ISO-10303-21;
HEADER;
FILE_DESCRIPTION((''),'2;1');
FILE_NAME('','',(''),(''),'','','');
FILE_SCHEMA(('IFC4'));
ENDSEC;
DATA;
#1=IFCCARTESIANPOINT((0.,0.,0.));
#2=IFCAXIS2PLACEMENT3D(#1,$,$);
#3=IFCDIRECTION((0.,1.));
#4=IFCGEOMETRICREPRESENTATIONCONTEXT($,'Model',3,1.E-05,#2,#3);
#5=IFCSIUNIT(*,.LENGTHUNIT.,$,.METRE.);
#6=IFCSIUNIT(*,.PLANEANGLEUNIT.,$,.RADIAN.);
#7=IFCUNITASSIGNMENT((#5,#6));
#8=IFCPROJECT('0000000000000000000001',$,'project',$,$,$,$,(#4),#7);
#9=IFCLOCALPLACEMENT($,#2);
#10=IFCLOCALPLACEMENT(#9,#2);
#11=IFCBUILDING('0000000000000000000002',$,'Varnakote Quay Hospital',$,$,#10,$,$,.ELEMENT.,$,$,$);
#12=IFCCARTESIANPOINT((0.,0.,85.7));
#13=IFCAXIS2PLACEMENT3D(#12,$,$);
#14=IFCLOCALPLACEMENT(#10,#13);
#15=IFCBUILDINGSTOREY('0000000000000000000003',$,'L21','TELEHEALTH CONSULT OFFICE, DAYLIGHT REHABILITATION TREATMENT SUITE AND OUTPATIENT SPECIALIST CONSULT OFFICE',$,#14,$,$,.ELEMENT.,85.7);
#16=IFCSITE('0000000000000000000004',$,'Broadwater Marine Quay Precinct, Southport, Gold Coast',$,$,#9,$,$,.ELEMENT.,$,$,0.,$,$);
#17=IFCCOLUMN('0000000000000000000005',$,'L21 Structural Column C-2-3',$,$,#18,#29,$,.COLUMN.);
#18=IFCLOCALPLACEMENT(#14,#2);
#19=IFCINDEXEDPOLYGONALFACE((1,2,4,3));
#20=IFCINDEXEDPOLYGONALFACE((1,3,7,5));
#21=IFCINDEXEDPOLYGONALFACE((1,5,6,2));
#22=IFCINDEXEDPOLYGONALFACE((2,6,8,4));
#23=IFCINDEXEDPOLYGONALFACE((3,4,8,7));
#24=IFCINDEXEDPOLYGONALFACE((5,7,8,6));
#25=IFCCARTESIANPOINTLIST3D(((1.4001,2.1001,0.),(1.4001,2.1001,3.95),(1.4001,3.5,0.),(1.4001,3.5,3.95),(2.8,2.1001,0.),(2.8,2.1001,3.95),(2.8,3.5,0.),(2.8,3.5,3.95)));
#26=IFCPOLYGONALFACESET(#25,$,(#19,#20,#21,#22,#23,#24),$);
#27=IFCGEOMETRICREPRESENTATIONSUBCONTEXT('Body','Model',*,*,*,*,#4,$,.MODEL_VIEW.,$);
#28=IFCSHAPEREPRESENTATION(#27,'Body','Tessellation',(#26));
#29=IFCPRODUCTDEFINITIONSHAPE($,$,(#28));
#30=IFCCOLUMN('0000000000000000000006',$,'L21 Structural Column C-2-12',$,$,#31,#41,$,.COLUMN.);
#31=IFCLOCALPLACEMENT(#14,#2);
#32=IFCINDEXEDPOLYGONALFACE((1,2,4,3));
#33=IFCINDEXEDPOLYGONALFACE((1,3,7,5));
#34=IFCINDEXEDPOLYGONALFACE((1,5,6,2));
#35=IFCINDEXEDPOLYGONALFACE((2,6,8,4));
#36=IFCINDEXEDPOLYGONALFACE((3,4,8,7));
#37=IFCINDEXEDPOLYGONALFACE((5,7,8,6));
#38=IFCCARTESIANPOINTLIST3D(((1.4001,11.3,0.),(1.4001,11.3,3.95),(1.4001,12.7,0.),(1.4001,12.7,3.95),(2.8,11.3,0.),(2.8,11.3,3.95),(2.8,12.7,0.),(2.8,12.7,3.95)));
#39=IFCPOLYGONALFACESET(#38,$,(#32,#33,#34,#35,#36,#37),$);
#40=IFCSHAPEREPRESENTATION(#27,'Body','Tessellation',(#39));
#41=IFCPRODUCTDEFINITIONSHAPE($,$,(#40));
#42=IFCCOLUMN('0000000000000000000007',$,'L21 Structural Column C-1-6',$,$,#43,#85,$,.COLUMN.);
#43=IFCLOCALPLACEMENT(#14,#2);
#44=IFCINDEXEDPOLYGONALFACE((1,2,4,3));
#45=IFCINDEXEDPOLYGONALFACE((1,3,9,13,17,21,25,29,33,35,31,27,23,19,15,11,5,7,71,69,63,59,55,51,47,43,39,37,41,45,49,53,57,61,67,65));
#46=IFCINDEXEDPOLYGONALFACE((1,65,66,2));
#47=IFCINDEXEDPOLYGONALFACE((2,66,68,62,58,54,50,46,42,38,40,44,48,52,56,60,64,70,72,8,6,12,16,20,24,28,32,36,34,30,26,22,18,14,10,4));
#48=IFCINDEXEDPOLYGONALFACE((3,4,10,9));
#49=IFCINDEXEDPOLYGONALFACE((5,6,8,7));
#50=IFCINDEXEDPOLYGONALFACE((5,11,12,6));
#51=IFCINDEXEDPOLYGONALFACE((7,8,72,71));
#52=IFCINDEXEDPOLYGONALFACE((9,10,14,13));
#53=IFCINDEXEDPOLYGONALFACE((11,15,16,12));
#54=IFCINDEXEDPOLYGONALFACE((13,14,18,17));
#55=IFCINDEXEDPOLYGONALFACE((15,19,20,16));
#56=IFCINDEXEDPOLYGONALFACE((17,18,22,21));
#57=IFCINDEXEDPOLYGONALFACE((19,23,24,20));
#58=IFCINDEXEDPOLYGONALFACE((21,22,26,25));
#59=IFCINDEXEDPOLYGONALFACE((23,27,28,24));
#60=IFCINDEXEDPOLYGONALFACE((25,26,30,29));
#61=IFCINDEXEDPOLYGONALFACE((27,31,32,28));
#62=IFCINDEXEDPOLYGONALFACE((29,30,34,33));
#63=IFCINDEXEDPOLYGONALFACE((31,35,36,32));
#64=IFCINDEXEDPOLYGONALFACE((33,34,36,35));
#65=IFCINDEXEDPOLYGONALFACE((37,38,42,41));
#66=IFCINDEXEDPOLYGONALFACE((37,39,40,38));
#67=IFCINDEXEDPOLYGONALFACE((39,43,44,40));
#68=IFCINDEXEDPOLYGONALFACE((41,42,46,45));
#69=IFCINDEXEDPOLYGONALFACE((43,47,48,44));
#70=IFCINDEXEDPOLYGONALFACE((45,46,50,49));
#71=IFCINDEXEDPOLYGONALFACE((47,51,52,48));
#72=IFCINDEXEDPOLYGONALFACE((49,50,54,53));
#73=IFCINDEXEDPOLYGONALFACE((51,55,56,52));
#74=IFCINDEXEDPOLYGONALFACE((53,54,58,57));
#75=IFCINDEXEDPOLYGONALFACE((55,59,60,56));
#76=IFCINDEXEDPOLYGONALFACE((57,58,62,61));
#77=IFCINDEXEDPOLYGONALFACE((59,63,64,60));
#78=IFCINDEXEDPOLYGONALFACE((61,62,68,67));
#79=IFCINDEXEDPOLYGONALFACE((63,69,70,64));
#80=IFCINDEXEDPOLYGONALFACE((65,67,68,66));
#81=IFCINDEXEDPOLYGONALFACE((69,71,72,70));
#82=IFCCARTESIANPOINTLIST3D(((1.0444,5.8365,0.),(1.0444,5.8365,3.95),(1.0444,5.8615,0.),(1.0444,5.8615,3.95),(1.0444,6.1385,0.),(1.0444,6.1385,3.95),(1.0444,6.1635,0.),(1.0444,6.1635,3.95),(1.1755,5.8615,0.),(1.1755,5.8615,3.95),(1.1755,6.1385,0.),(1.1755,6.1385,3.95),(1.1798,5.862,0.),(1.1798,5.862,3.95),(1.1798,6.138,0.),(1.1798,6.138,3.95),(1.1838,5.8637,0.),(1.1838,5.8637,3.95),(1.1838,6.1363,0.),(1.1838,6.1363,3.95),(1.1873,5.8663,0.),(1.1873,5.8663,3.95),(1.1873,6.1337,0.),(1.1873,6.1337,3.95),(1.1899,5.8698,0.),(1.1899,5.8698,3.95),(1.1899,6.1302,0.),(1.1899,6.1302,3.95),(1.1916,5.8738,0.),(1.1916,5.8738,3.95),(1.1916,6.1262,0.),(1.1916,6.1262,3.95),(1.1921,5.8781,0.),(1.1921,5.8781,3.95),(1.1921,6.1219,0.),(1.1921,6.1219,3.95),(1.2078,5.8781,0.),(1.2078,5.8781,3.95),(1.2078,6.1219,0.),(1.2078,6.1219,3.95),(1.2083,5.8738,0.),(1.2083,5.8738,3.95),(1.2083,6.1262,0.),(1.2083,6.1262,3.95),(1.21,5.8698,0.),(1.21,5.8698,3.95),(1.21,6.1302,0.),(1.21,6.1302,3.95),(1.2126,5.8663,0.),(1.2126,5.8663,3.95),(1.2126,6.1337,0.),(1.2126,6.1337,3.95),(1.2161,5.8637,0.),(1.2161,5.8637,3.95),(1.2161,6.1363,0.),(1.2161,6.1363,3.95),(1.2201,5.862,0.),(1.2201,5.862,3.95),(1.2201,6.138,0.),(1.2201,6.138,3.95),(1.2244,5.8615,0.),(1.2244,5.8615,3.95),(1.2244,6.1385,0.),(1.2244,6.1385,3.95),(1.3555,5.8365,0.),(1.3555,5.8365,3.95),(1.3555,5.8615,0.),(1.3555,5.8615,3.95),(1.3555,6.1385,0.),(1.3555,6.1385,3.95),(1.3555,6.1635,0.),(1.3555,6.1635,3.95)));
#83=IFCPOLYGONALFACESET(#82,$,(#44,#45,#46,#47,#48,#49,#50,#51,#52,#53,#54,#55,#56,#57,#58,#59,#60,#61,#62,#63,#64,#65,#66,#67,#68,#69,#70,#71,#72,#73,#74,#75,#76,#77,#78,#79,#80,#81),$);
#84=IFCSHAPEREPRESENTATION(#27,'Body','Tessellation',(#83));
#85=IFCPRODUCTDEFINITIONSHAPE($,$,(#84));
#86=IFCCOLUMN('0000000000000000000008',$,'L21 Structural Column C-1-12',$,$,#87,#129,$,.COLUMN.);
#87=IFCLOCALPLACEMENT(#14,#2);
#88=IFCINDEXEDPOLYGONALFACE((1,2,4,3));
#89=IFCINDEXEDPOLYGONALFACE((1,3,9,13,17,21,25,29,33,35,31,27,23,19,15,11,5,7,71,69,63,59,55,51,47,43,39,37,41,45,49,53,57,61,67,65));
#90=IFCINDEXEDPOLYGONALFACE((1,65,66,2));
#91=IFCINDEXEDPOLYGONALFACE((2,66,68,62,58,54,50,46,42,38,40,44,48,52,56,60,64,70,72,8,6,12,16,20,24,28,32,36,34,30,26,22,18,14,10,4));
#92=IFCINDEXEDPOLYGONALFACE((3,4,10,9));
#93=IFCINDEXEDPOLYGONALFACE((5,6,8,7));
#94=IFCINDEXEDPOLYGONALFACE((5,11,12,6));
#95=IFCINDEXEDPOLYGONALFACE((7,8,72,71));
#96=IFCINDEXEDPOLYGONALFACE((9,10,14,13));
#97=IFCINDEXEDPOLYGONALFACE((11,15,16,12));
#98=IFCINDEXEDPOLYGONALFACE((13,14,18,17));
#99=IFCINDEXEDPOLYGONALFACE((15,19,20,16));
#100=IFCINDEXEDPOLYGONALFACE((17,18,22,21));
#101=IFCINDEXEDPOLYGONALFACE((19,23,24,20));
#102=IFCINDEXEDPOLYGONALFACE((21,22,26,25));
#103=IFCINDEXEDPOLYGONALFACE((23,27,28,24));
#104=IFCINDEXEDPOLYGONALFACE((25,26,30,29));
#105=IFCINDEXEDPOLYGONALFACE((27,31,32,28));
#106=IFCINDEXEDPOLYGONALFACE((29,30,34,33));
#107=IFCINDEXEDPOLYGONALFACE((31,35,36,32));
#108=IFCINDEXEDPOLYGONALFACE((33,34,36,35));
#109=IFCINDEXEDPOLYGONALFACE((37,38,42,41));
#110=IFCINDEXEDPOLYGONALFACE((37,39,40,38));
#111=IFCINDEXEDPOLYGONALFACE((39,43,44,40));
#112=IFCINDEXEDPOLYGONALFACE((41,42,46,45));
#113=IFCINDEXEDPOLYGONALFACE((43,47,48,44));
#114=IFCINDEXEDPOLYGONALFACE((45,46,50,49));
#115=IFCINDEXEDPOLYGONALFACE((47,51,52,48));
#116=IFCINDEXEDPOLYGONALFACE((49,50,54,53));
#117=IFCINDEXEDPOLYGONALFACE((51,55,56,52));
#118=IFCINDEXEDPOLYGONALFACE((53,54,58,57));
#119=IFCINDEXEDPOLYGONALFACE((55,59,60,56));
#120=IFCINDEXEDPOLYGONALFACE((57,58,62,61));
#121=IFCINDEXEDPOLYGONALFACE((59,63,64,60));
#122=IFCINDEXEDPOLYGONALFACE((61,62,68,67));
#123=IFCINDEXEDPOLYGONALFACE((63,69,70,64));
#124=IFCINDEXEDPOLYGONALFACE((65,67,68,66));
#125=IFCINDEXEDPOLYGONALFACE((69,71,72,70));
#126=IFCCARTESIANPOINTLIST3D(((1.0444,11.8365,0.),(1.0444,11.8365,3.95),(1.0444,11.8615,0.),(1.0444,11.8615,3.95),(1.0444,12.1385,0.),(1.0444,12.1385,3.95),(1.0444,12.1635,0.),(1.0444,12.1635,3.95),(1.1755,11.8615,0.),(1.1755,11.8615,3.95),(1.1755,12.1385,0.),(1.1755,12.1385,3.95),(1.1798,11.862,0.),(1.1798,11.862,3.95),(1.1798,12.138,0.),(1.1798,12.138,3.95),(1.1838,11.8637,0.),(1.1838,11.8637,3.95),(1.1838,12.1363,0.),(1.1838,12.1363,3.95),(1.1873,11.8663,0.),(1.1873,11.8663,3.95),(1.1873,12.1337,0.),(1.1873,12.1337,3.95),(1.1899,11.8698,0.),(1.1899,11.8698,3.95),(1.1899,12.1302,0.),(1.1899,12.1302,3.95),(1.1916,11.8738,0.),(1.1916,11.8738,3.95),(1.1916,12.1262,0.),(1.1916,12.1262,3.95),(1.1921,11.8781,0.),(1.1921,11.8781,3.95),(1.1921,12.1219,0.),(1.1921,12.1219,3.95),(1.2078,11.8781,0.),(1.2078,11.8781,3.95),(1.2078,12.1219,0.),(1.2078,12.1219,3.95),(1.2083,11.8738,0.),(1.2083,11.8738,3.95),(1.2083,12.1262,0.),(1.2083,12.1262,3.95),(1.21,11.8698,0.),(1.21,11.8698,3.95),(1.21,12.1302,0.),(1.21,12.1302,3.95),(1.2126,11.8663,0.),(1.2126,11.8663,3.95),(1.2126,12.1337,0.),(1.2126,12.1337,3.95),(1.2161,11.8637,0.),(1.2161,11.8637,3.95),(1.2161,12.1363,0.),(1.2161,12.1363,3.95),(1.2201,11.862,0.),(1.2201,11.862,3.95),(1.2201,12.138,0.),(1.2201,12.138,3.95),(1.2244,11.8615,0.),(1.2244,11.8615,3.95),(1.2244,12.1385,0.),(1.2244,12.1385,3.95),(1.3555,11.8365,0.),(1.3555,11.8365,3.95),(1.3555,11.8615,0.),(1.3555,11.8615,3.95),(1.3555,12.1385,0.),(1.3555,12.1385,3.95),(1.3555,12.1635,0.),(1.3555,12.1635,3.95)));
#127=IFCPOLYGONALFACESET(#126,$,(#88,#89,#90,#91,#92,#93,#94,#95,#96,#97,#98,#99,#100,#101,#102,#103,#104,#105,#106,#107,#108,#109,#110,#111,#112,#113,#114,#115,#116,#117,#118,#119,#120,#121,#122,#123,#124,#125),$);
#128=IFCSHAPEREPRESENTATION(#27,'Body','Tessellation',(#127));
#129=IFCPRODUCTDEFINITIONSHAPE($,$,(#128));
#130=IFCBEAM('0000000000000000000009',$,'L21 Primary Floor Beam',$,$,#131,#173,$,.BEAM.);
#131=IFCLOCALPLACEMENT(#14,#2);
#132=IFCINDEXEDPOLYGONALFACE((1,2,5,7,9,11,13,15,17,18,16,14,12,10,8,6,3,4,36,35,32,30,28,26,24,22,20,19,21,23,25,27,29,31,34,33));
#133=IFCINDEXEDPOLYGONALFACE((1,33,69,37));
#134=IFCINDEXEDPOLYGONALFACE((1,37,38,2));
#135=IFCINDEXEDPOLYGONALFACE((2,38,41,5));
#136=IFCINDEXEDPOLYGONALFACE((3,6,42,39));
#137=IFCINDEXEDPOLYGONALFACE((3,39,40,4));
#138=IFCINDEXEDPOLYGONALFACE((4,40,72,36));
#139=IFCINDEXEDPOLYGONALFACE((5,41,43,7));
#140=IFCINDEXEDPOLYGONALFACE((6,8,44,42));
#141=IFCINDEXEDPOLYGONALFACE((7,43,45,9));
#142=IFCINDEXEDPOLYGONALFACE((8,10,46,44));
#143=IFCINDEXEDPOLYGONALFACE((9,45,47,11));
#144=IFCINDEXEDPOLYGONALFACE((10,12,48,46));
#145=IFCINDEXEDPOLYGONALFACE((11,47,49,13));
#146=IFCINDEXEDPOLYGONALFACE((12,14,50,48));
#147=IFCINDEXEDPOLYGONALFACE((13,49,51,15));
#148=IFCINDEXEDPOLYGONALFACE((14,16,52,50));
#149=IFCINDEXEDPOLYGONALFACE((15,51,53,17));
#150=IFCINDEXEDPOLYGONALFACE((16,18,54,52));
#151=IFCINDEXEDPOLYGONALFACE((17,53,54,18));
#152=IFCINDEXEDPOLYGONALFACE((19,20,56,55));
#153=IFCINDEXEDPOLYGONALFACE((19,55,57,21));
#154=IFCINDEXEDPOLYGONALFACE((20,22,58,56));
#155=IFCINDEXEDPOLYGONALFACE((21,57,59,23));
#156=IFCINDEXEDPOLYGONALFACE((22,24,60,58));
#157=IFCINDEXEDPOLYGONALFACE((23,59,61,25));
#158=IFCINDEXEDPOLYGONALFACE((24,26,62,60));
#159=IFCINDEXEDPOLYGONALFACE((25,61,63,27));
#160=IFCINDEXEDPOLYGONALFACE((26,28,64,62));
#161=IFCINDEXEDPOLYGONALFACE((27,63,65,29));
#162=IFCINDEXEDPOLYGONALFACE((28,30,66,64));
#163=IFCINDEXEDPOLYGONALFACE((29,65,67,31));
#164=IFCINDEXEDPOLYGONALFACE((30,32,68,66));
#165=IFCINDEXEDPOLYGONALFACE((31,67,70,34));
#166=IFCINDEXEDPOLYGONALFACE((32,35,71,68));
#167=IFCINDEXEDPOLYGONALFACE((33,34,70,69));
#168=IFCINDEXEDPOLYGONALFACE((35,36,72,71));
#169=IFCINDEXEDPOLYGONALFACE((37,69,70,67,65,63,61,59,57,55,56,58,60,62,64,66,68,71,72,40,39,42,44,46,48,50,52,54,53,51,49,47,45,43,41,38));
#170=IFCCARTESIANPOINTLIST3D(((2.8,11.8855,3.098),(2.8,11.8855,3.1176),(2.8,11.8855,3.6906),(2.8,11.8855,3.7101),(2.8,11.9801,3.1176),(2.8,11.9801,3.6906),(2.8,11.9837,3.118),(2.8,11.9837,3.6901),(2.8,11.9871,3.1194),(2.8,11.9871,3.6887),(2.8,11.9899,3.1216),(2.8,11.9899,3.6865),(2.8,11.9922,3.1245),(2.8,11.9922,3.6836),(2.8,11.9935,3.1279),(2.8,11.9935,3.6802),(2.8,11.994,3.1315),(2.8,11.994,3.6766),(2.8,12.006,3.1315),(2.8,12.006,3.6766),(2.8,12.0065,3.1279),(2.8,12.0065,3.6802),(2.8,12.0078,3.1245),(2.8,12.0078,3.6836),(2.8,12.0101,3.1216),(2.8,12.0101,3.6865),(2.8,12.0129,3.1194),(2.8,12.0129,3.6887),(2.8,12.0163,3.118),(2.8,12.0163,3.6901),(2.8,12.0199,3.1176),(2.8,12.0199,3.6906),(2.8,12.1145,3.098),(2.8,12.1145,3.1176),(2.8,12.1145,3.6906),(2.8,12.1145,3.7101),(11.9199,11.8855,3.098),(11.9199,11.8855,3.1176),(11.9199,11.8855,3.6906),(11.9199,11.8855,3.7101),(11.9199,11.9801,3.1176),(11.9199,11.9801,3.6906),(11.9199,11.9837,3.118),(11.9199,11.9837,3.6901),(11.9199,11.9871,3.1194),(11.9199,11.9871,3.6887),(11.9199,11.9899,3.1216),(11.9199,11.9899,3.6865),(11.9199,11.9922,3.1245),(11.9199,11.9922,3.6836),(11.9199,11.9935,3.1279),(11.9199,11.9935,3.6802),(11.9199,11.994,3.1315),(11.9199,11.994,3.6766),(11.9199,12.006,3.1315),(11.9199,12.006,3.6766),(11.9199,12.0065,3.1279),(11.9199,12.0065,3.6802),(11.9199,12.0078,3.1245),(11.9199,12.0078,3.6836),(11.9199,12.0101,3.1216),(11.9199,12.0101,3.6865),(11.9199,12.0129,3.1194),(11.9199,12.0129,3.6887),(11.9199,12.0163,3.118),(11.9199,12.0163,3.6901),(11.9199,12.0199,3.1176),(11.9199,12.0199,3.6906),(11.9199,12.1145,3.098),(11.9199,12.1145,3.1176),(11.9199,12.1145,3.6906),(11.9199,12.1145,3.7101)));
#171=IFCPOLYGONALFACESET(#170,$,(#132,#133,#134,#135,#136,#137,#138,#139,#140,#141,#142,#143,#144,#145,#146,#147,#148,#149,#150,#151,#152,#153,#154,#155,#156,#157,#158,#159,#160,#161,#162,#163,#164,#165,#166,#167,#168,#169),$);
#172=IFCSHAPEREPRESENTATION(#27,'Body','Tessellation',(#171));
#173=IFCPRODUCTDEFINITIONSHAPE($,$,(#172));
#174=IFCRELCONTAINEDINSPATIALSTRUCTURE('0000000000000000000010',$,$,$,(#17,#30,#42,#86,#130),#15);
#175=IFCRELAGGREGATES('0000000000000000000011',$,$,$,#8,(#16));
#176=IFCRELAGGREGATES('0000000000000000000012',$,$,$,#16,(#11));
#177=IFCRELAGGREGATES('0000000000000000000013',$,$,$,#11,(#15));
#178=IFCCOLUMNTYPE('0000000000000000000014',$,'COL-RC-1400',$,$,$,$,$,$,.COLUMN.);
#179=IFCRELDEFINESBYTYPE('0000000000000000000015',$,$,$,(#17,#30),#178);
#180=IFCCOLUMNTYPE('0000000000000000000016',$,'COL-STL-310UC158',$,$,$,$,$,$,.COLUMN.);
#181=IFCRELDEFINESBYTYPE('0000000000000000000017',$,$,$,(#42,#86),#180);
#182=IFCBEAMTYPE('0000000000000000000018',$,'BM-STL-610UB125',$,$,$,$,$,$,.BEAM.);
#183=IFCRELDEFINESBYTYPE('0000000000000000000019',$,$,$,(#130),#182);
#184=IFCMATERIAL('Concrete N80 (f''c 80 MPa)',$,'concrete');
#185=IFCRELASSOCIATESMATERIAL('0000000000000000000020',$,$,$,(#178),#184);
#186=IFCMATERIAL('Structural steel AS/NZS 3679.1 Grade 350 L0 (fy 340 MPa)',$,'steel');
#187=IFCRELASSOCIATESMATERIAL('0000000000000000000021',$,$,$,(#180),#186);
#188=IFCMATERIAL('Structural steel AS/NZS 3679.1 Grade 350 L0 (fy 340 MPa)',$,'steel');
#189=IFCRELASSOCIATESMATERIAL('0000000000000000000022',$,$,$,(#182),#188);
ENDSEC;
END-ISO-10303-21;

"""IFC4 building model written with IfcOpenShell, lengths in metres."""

from ifc_helpers import new_model, si_unit, direction, frame, origin, origin_2d, place, context, subcontext, project, spatial, rectangle, i_section, extrude, material, material_profile, profile_set, type_object, element, save


model = new_model("IFC4")

# Units and contexts
model_context = context("Model", 3, precision=1e-05, world=origin(), true_north=direction((0.0, 1.0)))
body_context = subcontext(model_context, "Body", "Model", "MODEL_VIEW")
ifc_project = project(units=[si_unit("LENGTHUNIT", "METRE"), si_unit("PLANEANGLEUNIT", "RADIAN")], contexts=[model_context])

# Site, building, storey
site_placement = place(None, origin())
site = spatial("IfcSite", under=ifc_project, at=site_placement, Name="Broadwater Marine Quay Precinct, Southport, Gold Coast", CompositionType="ELEMENT", RefElevation=0.0)
building_placement = place(site_placement, origin())
building = spatial("IfcBuilding", under=site, at=building_placement, Name="Varnakote Quay Hospital", CompositionType="ELEMENT")
storey_placement = place(building_placement, frame((0.0, 0.0, 85.7)))
storey = spatial("IfcBuildingStorey", under=building, at=storey_placement, Name="L21", Description="TELEHEALTH CONSULT OFFICE, DAYLIGHT REHABILITATION TREATMENT SUITE AND OUTPATIENT SPECIALIST CONSULT OFFICE", CompositionType="ELEMENT", Elevation=85.7)

# Columns
ifc_material_1 = material(Name="Concrete N80 (f'c 80 MPa)", Category="concrete")
ifc_material_profile_1 = material_profile(ifc_material_1, rectangle(XDim=1.3999, YDim=1.3999, at=origin_2d()), Name="RC-COL-1400x1400")
ifc_profile_set_1 = profile_set([ifc_material_profile_1], Name="Concrete N80 (f'c 80 MPa)")
column_type_1 = type_object("IfcColumnType", Name="COL-RC-1400", PredefinedType="COLUMN", material=ifc_profile_set_1)
for number, where, z_axis, x_axis, name in (
    (1, (2.1001, 2.8, 0.0), (0.0, 0.0, 1.0), (1.0, 0.0, 0.0), "L21 Structural Column C-2-3"),
    (2, (2.1001, 12.0, 0.0), (0.0, 0.0, 1.0), (1.0, 0.0, 0.0), "L21 Structural Column C-2-12"),
):
    element("IfcColumn", number, at=place(storey_placement, frame(where, z_axis=z_axis, x_axis=x_axis)), inside=storey, type_object=column_type_1, Name=name, PredefinedType="COLUMN", context=body_context, shape_type="SweptSolid", body=[
        extrude(rectangle(XDim=1.3999, YDim=1.3999, at=origin_2d()), origin(), (0.0, 0.0, 1.0), 3.95),
    ])
ifc_material_2 = material(Name="Structural steel AS/NZS 3679.1 Grade 350 L0 (fy 340 MPa)", Category="steel")
ifc_material_profile_2 = material_profile(ifc_material_2, i_section(OverallWidth=0.311, OverallDepth=0.3269, WebThickness=0.0156, FlangeThickness=0.0249, FilletRadius=0.0166, at=origin_2d()), Name="310UC158")
ifc_profile_set_2 = profile_set([ifc_material_profile_2], Name="Structural steel AS/NZS 3679.1 Grade 350 L0 (fy 340 MPa)")
column_type_2 = type_object("IfcColumnType", Name="COL-STL-310UC158", PredefinedType="COLUMN", material=ifc_profile_set_2)
for number, where, z_axis, x_axis, name in (
    (3, (1.2, 6.0, 0.0), (0.0, 0.0, 1.0), (1.0, 0.0, 0.0), "L21 Structural Column C-1-6"),
    (4, (1.2, 12.0, 0.0), (0.0, 0.0, 1.0), (1.0, 0.0, 0.0), "L21 Structural Column C-1-12"),
):
    element("IfcColumn", number, at=place(storey_placement, frame(where, z_axis=z_axis, x_axis=x_axis)), inside=storey, type_object=column_type_2, Name=name, PredefinedType="COLUMN", context=body_context, shape_type="SweptSolid", body=[
        extrude(i_section(OverallWidth=0.311, OverallDepth=0.3269, WebThickness=0.0156, FlangeThickness=0.0249, FilletRadius=0.0166, at=origin_2d()), origin(), (0.0, 0.0, 1.0), 3.95),
    ])

# Beam
ifc_material_3 = material(Name="Structural steel AS/NZS 3679.1 Grade 350 L0 (fy 340 MPa)", Category="steel")
ifc_material_profile_3 = material_profile(ifc_material_3, i_section(OverallWidth=0.229, OverallDepth=0.6121, WebThickness=0.012, FlangeThickness=0.0195, FilletRadius=0.0139, at=origin_2d()), Name="610UB125")
ifc_profile_set_3 = profile_set([ifc_material_profile_3], Name="Structural steel AS/NZS 3679.1 Grade 350 L0 (fy 340 MPa)")
beam_type_1 = type_object("IfcBeamType", Name="BM-STL-610UB125", PredefinedType="BEAM", material=ifc_profile_set_3)
beam_1_placement = place(storey_placement, frame((2.8, 12.0, 3.4041), z_axis=(1.0, 0.0, 0.0), x_axis=(0.0, 1.0, 0.0)))
element("IfcBeam", 5, at=beam_1_placement, inside=storey, type_object=beam_type_1, Name="L21 Primary Floor Beam", PredefinedType="BEAM", context=body_context, shape_type="SweptSolid", body=[
    extrude(i_section(OverallWidth=0.229, OverallDepth=0.6121, WebThickness=0.012, FlangeThickness=0.0195, FilletRadius=0.0139, at=origin_2d()), origin(), (0.0, 0.0, 1.0), 9.1199),
])

save(model, "model.ifc")
